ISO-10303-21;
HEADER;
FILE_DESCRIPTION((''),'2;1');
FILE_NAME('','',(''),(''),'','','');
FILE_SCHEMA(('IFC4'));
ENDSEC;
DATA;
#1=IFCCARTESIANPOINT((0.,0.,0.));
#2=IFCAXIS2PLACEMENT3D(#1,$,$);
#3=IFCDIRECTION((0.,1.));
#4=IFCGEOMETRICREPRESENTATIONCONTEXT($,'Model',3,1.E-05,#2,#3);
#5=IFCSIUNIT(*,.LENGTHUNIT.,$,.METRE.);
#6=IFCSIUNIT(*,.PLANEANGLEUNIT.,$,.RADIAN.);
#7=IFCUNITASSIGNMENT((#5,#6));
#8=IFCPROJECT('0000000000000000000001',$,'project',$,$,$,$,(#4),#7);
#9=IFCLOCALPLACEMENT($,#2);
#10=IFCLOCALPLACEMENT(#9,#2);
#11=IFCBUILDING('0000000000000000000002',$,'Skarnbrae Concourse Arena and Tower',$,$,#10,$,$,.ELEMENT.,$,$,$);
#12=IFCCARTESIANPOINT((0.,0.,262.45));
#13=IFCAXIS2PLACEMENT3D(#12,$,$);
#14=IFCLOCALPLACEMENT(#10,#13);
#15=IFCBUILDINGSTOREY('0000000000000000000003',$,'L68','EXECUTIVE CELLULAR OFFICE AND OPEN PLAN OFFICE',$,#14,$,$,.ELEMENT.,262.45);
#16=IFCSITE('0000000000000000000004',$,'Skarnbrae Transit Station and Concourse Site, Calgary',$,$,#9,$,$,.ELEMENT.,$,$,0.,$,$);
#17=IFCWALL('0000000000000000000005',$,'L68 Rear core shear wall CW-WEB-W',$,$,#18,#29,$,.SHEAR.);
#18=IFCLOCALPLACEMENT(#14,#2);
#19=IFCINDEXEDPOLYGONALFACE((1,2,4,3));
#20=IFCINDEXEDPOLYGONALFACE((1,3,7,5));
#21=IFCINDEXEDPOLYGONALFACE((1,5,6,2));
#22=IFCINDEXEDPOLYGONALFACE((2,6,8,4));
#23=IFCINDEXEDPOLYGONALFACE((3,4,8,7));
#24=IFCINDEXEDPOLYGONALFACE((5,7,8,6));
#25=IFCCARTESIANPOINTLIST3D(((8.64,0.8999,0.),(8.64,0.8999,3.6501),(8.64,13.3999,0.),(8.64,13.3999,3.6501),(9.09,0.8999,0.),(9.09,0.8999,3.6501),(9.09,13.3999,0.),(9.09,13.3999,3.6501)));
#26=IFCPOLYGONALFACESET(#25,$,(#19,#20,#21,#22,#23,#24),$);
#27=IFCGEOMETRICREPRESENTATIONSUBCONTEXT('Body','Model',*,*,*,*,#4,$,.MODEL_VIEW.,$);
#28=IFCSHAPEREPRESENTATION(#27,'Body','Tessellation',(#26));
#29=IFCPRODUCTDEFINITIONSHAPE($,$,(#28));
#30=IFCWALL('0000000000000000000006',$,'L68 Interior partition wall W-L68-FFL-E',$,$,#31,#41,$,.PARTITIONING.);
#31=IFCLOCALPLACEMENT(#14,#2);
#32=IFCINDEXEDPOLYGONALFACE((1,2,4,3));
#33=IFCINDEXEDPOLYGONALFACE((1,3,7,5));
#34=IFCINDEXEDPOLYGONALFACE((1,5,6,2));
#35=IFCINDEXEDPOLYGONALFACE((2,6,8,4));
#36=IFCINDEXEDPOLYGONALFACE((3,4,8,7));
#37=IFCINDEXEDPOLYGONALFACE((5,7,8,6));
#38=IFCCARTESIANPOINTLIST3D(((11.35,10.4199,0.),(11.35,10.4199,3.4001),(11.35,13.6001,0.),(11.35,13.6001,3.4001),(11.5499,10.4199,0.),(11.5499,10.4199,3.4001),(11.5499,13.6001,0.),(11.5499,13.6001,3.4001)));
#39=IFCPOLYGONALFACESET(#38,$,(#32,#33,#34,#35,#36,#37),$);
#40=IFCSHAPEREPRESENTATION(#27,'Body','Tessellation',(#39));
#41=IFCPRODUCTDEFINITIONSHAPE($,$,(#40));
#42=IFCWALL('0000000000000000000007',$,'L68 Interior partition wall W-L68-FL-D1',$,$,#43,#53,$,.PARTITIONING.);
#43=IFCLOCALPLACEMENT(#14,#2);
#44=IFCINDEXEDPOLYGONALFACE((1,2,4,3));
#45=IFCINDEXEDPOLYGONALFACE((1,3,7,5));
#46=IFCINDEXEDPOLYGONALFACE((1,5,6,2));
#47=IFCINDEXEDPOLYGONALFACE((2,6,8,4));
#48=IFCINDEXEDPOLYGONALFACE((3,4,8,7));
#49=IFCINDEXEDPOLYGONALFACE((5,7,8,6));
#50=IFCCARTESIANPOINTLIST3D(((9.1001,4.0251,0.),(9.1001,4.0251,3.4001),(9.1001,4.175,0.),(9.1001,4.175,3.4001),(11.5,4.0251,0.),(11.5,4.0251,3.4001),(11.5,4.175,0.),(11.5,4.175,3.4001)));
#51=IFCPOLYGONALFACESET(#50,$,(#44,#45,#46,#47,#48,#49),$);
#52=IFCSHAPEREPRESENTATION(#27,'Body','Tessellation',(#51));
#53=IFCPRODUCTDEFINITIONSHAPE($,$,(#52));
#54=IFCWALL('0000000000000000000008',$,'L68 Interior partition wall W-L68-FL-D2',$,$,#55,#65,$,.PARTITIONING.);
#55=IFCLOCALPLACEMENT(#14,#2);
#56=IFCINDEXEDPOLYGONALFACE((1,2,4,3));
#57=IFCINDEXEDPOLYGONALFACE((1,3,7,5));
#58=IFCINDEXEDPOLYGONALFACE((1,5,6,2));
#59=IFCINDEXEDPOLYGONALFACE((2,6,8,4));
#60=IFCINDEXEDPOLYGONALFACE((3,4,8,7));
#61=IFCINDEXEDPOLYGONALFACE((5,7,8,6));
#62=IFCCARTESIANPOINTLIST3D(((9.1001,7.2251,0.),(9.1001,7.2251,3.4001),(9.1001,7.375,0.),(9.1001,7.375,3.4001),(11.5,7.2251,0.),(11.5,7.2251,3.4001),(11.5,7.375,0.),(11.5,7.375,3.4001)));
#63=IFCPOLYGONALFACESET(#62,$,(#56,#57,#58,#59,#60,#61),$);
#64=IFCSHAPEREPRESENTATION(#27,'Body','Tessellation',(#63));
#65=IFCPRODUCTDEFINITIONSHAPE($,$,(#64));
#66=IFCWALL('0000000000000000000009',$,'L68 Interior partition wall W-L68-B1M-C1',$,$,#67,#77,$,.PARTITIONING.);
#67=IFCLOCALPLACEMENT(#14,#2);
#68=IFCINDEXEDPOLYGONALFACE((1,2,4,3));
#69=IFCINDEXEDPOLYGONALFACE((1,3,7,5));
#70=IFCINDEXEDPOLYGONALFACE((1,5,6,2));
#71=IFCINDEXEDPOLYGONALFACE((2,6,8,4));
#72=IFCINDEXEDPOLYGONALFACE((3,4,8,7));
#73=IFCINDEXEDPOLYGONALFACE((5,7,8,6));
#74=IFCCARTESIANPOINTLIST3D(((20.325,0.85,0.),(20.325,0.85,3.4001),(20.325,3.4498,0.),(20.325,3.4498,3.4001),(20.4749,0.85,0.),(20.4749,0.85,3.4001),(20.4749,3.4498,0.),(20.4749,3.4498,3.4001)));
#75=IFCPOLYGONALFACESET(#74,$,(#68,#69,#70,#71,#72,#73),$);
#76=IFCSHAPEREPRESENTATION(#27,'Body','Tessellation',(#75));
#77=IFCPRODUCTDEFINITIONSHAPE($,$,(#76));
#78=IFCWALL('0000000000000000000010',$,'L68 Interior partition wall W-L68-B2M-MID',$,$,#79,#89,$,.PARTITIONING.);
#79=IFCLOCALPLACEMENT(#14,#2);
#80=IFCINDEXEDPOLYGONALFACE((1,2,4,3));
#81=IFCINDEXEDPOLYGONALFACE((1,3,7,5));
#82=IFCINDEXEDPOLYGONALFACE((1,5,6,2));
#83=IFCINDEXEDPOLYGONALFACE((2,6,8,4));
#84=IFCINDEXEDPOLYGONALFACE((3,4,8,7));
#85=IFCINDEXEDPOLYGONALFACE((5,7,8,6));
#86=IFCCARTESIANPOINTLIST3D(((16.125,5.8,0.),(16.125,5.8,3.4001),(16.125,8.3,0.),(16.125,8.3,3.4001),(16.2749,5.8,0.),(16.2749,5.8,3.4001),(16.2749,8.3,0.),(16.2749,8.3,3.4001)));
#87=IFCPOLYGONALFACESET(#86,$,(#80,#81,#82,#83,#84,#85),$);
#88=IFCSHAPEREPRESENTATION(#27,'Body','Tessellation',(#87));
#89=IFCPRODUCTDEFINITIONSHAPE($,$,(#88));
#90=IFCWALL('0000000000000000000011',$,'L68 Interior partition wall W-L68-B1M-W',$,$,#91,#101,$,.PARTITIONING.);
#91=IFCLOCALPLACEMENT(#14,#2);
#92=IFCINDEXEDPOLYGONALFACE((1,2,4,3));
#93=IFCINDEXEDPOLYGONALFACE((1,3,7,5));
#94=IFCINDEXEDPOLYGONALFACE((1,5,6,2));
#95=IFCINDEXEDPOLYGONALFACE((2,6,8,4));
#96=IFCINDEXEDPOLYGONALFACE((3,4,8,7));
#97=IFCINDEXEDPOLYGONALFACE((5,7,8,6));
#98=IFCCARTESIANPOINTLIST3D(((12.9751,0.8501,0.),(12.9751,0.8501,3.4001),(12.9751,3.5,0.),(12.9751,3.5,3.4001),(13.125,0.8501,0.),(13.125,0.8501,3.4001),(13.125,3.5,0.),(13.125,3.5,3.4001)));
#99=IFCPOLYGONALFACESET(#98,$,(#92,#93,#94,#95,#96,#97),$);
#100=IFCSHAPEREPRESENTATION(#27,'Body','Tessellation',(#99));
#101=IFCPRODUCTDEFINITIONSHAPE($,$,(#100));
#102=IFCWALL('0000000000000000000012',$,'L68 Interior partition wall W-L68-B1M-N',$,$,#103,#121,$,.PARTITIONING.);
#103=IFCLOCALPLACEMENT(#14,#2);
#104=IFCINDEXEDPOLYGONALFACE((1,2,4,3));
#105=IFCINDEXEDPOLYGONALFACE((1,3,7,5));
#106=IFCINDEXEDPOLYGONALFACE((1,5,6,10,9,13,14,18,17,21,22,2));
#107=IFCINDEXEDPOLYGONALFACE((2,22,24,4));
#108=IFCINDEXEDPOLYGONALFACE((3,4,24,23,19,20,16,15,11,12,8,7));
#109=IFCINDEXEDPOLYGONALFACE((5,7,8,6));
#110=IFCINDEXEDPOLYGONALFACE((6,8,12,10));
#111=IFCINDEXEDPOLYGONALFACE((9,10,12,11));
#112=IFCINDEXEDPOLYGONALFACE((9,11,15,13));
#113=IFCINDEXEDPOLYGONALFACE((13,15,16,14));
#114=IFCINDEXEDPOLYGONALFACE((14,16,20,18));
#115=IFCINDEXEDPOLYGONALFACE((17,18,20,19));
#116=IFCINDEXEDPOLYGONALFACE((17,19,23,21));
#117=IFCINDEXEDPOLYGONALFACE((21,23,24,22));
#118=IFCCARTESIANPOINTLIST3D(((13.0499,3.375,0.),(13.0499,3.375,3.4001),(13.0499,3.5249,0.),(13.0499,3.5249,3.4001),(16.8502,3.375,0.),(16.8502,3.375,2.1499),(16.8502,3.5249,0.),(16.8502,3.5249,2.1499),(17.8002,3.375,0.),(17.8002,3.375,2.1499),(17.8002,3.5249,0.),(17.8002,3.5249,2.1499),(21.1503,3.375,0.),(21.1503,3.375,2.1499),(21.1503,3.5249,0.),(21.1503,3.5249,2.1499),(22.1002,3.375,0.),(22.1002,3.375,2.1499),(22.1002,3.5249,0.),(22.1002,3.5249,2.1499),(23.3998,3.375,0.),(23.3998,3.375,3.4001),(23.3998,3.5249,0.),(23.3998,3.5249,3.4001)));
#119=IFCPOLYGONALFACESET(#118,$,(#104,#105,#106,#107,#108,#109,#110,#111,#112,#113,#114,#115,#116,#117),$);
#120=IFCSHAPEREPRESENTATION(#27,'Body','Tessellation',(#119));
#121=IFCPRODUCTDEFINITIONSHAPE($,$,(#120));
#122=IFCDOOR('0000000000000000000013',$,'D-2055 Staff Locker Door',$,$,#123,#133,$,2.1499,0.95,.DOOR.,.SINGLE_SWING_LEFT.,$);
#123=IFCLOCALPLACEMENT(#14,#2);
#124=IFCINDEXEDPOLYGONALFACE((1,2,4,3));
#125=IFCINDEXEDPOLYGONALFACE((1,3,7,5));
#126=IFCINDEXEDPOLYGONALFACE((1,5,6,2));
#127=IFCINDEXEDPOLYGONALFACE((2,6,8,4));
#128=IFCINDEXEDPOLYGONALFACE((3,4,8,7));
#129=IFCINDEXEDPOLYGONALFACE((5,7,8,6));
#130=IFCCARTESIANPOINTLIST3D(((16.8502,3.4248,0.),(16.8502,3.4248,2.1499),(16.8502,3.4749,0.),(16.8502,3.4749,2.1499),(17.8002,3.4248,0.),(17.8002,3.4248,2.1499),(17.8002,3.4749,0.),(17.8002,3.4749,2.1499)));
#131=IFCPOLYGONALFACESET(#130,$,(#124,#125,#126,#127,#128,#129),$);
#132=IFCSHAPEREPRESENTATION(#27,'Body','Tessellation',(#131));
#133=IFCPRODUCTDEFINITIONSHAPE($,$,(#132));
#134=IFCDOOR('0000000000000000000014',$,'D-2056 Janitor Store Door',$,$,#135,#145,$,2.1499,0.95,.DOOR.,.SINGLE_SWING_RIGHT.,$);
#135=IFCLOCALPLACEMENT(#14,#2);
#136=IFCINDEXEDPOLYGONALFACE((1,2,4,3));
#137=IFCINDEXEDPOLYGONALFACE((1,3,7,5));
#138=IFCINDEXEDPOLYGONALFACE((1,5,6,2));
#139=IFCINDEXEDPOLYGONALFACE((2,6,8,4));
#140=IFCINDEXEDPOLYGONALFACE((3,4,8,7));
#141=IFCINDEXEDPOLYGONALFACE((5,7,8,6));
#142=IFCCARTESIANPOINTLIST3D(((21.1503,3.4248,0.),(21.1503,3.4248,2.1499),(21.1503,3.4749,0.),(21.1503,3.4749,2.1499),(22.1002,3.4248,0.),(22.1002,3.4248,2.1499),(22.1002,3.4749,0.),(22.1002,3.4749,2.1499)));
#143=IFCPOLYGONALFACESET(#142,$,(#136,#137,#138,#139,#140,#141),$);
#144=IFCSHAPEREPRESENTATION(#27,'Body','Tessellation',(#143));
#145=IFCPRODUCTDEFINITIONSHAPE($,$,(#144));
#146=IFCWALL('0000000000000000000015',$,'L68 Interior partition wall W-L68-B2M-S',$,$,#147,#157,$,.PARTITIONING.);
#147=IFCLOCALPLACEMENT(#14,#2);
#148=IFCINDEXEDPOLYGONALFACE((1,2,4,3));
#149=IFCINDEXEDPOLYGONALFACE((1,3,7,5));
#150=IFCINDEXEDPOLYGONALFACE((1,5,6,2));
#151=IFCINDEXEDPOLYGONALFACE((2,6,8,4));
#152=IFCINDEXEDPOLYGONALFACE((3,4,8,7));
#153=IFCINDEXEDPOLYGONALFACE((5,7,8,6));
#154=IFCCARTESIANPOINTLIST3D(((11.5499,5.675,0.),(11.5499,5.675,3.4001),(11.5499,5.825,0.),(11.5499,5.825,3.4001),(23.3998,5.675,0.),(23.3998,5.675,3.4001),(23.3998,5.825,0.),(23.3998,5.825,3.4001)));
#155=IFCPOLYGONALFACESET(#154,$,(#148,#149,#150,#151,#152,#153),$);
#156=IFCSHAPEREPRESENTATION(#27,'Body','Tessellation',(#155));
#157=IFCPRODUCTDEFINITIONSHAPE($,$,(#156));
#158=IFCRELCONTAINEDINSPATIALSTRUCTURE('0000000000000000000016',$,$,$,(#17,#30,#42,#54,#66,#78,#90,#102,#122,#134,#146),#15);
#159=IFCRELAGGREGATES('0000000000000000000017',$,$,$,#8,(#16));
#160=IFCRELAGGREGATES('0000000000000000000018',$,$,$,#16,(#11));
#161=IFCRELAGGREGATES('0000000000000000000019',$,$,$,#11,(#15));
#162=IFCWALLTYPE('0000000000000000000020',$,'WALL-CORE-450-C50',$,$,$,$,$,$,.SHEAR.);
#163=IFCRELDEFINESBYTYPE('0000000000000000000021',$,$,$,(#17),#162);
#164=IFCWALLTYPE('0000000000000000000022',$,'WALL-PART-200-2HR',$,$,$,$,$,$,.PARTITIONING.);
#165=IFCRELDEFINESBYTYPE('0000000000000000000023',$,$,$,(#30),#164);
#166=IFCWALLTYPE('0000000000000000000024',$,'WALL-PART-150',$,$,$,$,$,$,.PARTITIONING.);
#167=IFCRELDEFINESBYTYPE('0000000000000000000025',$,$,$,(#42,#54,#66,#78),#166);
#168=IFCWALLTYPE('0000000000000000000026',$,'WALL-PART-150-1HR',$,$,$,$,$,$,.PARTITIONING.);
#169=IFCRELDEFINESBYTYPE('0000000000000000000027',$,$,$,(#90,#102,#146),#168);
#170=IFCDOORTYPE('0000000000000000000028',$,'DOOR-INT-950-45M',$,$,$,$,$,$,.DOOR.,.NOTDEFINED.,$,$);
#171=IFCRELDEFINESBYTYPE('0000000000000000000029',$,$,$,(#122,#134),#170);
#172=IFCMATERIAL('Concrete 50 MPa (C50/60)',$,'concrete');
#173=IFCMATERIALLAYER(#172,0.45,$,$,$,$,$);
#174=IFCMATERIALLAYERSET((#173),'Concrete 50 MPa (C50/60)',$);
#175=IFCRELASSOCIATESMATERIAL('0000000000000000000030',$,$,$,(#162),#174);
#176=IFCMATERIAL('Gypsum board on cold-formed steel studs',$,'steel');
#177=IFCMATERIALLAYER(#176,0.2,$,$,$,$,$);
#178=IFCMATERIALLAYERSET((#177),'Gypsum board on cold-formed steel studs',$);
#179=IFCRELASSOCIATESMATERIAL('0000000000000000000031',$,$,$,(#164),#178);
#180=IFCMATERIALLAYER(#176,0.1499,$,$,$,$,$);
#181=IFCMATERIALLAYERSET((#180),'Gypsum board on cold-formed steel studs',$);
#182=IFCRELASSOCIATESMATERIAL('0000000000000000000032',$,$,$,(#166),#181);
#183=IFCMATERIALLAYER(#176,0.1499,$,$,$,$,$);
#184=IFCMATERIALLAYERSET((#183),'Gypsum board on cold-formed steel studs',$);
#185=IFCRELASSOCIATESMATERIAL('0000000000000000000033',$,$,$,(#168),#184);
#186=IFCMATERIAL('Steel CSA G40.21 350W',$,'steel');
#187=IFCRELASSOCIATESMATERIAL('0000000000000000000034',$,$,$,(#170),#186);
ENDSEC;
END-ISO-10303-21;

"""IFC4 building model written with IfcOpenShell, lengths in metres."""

from ifc_helpers import new_model, si_unit, direction, frame, frame_2d, origin, place, context, subcontext, project, spatial, rectangle, extrude, source, transform, mapped, material, layer, layer_set, type_object, element, fill, save


model = new_model("IFC4")

# Units and contexts
model_context = context("Model", 3, precision=1e-05, world=origin(), true_north=direction((0.0, 1.0)))
body_context = subcontext(model_context, "Body", "Model", "MODEL_VIEW")
ifc_project = project(units=[si_unit("LENGTHUNIT", "METRE"), si_unit("PLANEANGLEUNIT", "RADIAN")], contexts=[model_context])

# Site, building, storey
site_placement = place(None, origin())
site = spatial("IfcSite", under=ifc_project, at=site_placement, Name="Skarnbrae Transit Station and Concourse Site, Calgary", CompositionType="ELEMENT", RefElevation=0.0)
building_placement = place(site_placement, origin())
building = spatial("IfcBuilding", under=site, at=building_placement, Name="Skarnbrae Concourse Arena and Tower", CompositionType="ELEMENT")
storey_placement = place(building_placement, frame((0.0, 0.0, 262.45)))
storey = spatial("IfcBuildingStorey", under=building, at=storey_placement, Name="L68", Description="EXECUTIVE CELLULAR OFFICE AND OPEN PLAN OFFICE", CompositionType="ELEMENT", Elevation=262.45)

# Walls
ifc_material_1 = material(Name="Concrete 50 MPa (C50/60)", Category="concrete")
ifc_layer_1 = layer(ifc_material_1, 0.45)
ifc_layer_set_1 = layer_set([ifc_layer_1], Name="Concrete 50 MPa (C50/60)")
wall_type_1 = type_object("IfcWallType", Name="WALL-CORE-450-C50", PredefinedType="SHEAR", material=ifc_layer_set_1)
shared_shape_1 = source(origin(), body_context, "Body", "SweptSolid", [
    extrude(rectangle(XDim=12.5, YDim=0.45, at=frame_2d((6.25, 0.0))), origin(), (0.0, 0.0, 1.0), 3.6501),
])
wall_1_placement = place(storey_placement, frame((8.865, 0.8999, 0.0), z_axis=(0.0, 0.0, 1.0), x_axis=(0.0, 1.0, 0.0)))
element("IfcWall", 1, at=wall_1_placement, inside=storey, type_object=wall_type_1, Name="L68 Rear core shear wall CW-WEB-W", PredefinedType="SHEAR", context=body_context, shape_type="MappedRepresentation", body=[
    mapped(shared_shape_1, transform((0.0, 0.0, 0.0))),
])
ifc_material_2 = material(Name="Gypsum board on cold-formed steel studs", Category="steel")
ifc_layer_2 = layer(ifc_material_2, 0.2)
ifc_layer_set_2 = layer_set([ifc_layer_2], Name="Gypsum board on cold-formed steel studs")
wall_type_2 = type_object("IfcWallType", Name="WALL-PART-200-2HR", PredefinedType="PARTITIONING", material=ifc_layer_set_2)
shared_shape_2 = source(origin(), body_context, "Body", "SweptSolid", [
    extrude(rectangle(XDim=3.1802, YDim=0.2, at=frame_2d((1.5901, 0.0))), origin(), (0.0, 0.0, 1.0), 3.4001),
])
wall_2_placement = place(storey_placement, frame((11.45, 10.4199, 0.0), z_axis=(0.0, 0.0, 1.0), x_axis=(0.0, 1.0, 0.0)))
element("IfcWall", 2, at=wall_2_placement, inside=storey, type_object=wall_type_2, Name="L68 Interior partition wall W-L68-FFL-E", PredefinedType="PARTITIONING", context=body_context, shape_type="MappedRepresentation", body=[
    mapped(shared_shape_2, transform((0.0, 0.0, 0.0))),
])

# Shared definitions
ifc_material_3 = material(Name="Steel CSA G40.21 350W", Category="steel")

# Walls
ifc_layer_3 = layer(ifc_material_2, 0.1499)
ifc_layer_set_3 = layer_set([ifc_layer_3], Name="Gypsum board on cold-formed steel studs")
wall_type_3 = type_object("IfcWallType", Name="WALL-PART-150", PredefinedType="PARTITIONING", material=ifc_layer_set_3)
shared_shape_3 = source(origin(), body_context, "Body", "SweptSolid", [
    extrude(rectangle(XDim=2.3999, YDim=0.1499, at=frame_2d((1.2, 0.0))), origin(), (0.0, 0.0, 1.0), 3.4001),
])
for number, where, z_axis, x_axis, name in (
    (3, (9.1001, 4.1001, 0.0), (0.0, 0.0, 1.0), (1.0, 0.0, 0.0), "L68 Interior partition wall W-L68-FL-D1"),
    (4, (9.1001, 7.3, 0.0), (0.0, 0.0, 1.0), (1.0, 0.0, 0.0), "L68 Interior partition wall W-L68-FL-D2"),
):
    element("IfcWall", number, at=place(storey_placement, frame(where, z_axis=z_axis, x_axis=x_axis)), inside=storey, type_object=wall_type_3, Name=name, PredefinedType="PARTITIONING", context=body_context, shape_type="MappedRepresentation", body=[
        mapped(shared_shape_3, transform((0.0, 0.0, 0.0))),
    ])
shared_shape_4 = source(origin(), body_context, "Body", "SweptSolid", [
    extrude(rectangle(XDim=2.5999, YDim=0.1499, at=frame_2d((1.2998, 0.0))), origin(), (0.0, 0.0, 1.0), 3.4001),
])
wall_3_placement = place(storey_placement, frame((20.3999, 0.8501, 0.0), z_axis=(0.0, 0.0, 1.0), x_axis=(0.0, 1.0, 0.0)))
element("IfcWall", 5, at=wall_3_placement, inside=storey, type_object=wall_type_3, Name="L68 Interior partition wall W-L68-B1M-C1", PredefinedType="PARTITIONING", context=body_context, shape_type="MappedRepresentation", body=[
    mapped(shared_shape_4, transform((0.0, 0.0, 0.0))),
])
shared_shape_5 = source(origin(), body_context, "Body", "SweptSolid", [
    extrude(rectangle(XDim=2.5, YDim=0.1499, at=frame_2d((1.25, 0.0))), origin(), (0.0, 0.0, 1.0), 3.4001),
])
wall_4_placement = place(storey_placement, frame((16.2, 5.8, 0.0), z_axis=(0.0, 0.0, 1.0), x_axis=(0.0, 1.0, 0.0)))
element("IfcWall", 6, at=wall_4_placement, inside=storey, type_object=wall_type_3, Name="L68 Interior partition wall W-L68-B2M-MID", PredefinedType="PARTITIONING", context=body_context, shape_type="MappedRepresentation", body=[
    mapped(shared_shape_5, transform((0.0, 0.0, 0.0))),
])

# Wall
ifc_layer_4 = layer(ifc_material_2, 0.1499)
ifc_layer_set_4 = layer_set([ifc_layer_4], Name="Gypsum board on cold-formed steel studs")
wall_type_4 = type_object("IfcWallType", Name="WALL-PART-150-1HR", PredefinedType="PARTITIONING", material=ifc_layer_set_4)
shared_shape_6 = source(origin(), body_context, "Body", "SweptSolid", [
    extrude(rectangle(XDim=2.6499, YDim=0.1499, at=frame_2d((1.325, 0.0))), origin(), (0.0, 0.0, 1.0), 3.4001),
])
wall_5_placement = place(storey_placement, frame((13.05, 0.8501, 0.0), z_axis=(0.0, 0.0, 1.0), x_axis=(0.0, 1.0, 0.0)))
element("IfcWall", 7, at=wall_5_placement, inside=storey, type_object=wall_type_4, Name="L68 Interior partition wall W-L68-B1M-W", PredefinedType="PARTITIONING", context=body_context, shape_type="MappedRepresentation", body=[
    mapped(shared_shape_6, transform((0.0, 0.0, 0.0))),
])

# Wall, openings, doors
shared_shape_7 = source(origin(), body_context, "Body", "SweptSolid", [
    extrude(rectangle(XDim=10.3499, YDim=0.1499, at=frame_2d((5.1748, 0.0))), origin(), (0.0, 0.0, 1.0), 3.4001),
])
wall_6_placement = place(storey_placement, frame((13.05, 3.45, 0.0), z_axis=(0.0, 0.0, 1.0), x_axis=(1.0, 0.0, 0.0)))
wall_6 = element("IfcWall", 8, at=wall_6_placement, inside=storey, type_object=wall_type_4, Name="L68 Interior partition wall W-L68-B1M-N", PredefinedType="PARTITIONING", context=body_context, shape_type="MappedRepresentation", body=[
    mapped(shared_shape_7, transform((0.0, 0.0, 0.0))),
])
opening_1_placement = place(wall_6_placement, frame((3.8, 0.0, 0.0)))
opening_1 = element("IfcOpeningElement", 9, at=opening_1_placement, cuts=wall_6, PredefinedType="OPENING", context=body_context, shape_type="SweptSolid", body=[
    extrude(rectangle(XDim=0.95, YDim=2.1499, at=frame_2d((0.4751, 1.075))), frame((0.0, 0.085, 0.0), z_axis=(0.0, -1.0, 0.0), x_axis=(1.0, 0.0, 0.0)), (0.0, 0.0, 1.0), 0.1699),
])
opening_2_placement = place(wall_6_placement, frame((8.1001, 0.0, 0.0)))
opening_2 = element("IfcOpeningElement", 10, at=opening_2_placement, cuts=wall_6, PredefinedType="OPENING", context=body_context, shape_type="SweptSolid", body=[
    extrude(rectangle(XDim=0.95, YDim=2.1499, at=frame_2d((0.4751, 1.075))), frame((0.0, 0.085, 0.0), z_axis=(0.0, -1.0, 0.0), x_axis=(1.0, 0.0, 0.0)), (0.0, 0.0, 1.0), 0.1699),
])
door_type_1 = type_object("IfcDoorType", Name="DOOR-INT-950-45M", OperationType="NOTDEFINED", PredefinedType="DOOR", material=ifc_material_3)
shared_shape_8 = source(origin(), body_context, "Body", "SweptSolid", [
    extrude(rectangle(XDim=0.95, YDim=2.1499, at=frame_2d((0.4751, 1.075))), frame((0.0, 0.0249, 0.0), z_axis=(0.0, -1.0, 0.0), x_axis=(1.0, 0.0, 0.0)), (0.0, 0.0, 1.0), 0.05),
])
door_1_placement = place(opening_1_placement, origin())
door_1 = element("IfcDoor", 11, at=door_1_placement, inside=storey, type_object=door_type_1, Name="D-2055 Staff Locker Door", OperationType="SINGLE_SWING_LEFT", OverallHeight=2.1499, OverallWidth=0.95, PredefinedType="DOOR", context=body_context, shape_type="MappedRepresentation", body=[
    mapped(shared_shape_8, transform((0.0, 0.0, 0.0))),
])
fill(opening_1, door_1)
door_2_placement = place(opening_2_placement, origin())
door_2 = element("IfcDoor", 12, at=door_2_placement, inside=storey, type_object=door_type_1, Name="D-2056 Janitor Store Door", OperationType="SINGLE_SWING_RIGHT", OverallHeight=2.1499, OverallWidth=0.95, PredefinedType="DOOR", context=body_context, shape_type="MappedRepresentation", body=[
    mapped(shared_shape_8, transform((0.0, 0.0, 0.0))),
])
fill(opening_2, door_2)

# Wall
shared_shape_9 = source(origin(), body_context, "Body", "SweptSolid", [
    extrude(rectangle(XDim=11.8499, YDim=0.1499, at=frame_2d((5.9248, 0.0))), origin(), (0.0, 0.0, 1.0), 3.4001),
])
wall_7_placement = place(storey_placement, frame((11.55, 5.75, 0.0), z_axis=(0.0, 0.0, 1.0), x_axis=(1.0, 0.0, 0.0)))
element("IfcWall", 13, at=wall_7_placement, inside=storey, type_object=wall_type_4, Name="L68 Interior partition wall W-L68-B2M-S", PredefinedType="PARTITIONING", context=body_context, shape_type="MappedRepresentation", body=[
    mapped(shared_shape_9, transform((0.0, 0.0, 0.0))),
])

save(model, "model.ifc")
